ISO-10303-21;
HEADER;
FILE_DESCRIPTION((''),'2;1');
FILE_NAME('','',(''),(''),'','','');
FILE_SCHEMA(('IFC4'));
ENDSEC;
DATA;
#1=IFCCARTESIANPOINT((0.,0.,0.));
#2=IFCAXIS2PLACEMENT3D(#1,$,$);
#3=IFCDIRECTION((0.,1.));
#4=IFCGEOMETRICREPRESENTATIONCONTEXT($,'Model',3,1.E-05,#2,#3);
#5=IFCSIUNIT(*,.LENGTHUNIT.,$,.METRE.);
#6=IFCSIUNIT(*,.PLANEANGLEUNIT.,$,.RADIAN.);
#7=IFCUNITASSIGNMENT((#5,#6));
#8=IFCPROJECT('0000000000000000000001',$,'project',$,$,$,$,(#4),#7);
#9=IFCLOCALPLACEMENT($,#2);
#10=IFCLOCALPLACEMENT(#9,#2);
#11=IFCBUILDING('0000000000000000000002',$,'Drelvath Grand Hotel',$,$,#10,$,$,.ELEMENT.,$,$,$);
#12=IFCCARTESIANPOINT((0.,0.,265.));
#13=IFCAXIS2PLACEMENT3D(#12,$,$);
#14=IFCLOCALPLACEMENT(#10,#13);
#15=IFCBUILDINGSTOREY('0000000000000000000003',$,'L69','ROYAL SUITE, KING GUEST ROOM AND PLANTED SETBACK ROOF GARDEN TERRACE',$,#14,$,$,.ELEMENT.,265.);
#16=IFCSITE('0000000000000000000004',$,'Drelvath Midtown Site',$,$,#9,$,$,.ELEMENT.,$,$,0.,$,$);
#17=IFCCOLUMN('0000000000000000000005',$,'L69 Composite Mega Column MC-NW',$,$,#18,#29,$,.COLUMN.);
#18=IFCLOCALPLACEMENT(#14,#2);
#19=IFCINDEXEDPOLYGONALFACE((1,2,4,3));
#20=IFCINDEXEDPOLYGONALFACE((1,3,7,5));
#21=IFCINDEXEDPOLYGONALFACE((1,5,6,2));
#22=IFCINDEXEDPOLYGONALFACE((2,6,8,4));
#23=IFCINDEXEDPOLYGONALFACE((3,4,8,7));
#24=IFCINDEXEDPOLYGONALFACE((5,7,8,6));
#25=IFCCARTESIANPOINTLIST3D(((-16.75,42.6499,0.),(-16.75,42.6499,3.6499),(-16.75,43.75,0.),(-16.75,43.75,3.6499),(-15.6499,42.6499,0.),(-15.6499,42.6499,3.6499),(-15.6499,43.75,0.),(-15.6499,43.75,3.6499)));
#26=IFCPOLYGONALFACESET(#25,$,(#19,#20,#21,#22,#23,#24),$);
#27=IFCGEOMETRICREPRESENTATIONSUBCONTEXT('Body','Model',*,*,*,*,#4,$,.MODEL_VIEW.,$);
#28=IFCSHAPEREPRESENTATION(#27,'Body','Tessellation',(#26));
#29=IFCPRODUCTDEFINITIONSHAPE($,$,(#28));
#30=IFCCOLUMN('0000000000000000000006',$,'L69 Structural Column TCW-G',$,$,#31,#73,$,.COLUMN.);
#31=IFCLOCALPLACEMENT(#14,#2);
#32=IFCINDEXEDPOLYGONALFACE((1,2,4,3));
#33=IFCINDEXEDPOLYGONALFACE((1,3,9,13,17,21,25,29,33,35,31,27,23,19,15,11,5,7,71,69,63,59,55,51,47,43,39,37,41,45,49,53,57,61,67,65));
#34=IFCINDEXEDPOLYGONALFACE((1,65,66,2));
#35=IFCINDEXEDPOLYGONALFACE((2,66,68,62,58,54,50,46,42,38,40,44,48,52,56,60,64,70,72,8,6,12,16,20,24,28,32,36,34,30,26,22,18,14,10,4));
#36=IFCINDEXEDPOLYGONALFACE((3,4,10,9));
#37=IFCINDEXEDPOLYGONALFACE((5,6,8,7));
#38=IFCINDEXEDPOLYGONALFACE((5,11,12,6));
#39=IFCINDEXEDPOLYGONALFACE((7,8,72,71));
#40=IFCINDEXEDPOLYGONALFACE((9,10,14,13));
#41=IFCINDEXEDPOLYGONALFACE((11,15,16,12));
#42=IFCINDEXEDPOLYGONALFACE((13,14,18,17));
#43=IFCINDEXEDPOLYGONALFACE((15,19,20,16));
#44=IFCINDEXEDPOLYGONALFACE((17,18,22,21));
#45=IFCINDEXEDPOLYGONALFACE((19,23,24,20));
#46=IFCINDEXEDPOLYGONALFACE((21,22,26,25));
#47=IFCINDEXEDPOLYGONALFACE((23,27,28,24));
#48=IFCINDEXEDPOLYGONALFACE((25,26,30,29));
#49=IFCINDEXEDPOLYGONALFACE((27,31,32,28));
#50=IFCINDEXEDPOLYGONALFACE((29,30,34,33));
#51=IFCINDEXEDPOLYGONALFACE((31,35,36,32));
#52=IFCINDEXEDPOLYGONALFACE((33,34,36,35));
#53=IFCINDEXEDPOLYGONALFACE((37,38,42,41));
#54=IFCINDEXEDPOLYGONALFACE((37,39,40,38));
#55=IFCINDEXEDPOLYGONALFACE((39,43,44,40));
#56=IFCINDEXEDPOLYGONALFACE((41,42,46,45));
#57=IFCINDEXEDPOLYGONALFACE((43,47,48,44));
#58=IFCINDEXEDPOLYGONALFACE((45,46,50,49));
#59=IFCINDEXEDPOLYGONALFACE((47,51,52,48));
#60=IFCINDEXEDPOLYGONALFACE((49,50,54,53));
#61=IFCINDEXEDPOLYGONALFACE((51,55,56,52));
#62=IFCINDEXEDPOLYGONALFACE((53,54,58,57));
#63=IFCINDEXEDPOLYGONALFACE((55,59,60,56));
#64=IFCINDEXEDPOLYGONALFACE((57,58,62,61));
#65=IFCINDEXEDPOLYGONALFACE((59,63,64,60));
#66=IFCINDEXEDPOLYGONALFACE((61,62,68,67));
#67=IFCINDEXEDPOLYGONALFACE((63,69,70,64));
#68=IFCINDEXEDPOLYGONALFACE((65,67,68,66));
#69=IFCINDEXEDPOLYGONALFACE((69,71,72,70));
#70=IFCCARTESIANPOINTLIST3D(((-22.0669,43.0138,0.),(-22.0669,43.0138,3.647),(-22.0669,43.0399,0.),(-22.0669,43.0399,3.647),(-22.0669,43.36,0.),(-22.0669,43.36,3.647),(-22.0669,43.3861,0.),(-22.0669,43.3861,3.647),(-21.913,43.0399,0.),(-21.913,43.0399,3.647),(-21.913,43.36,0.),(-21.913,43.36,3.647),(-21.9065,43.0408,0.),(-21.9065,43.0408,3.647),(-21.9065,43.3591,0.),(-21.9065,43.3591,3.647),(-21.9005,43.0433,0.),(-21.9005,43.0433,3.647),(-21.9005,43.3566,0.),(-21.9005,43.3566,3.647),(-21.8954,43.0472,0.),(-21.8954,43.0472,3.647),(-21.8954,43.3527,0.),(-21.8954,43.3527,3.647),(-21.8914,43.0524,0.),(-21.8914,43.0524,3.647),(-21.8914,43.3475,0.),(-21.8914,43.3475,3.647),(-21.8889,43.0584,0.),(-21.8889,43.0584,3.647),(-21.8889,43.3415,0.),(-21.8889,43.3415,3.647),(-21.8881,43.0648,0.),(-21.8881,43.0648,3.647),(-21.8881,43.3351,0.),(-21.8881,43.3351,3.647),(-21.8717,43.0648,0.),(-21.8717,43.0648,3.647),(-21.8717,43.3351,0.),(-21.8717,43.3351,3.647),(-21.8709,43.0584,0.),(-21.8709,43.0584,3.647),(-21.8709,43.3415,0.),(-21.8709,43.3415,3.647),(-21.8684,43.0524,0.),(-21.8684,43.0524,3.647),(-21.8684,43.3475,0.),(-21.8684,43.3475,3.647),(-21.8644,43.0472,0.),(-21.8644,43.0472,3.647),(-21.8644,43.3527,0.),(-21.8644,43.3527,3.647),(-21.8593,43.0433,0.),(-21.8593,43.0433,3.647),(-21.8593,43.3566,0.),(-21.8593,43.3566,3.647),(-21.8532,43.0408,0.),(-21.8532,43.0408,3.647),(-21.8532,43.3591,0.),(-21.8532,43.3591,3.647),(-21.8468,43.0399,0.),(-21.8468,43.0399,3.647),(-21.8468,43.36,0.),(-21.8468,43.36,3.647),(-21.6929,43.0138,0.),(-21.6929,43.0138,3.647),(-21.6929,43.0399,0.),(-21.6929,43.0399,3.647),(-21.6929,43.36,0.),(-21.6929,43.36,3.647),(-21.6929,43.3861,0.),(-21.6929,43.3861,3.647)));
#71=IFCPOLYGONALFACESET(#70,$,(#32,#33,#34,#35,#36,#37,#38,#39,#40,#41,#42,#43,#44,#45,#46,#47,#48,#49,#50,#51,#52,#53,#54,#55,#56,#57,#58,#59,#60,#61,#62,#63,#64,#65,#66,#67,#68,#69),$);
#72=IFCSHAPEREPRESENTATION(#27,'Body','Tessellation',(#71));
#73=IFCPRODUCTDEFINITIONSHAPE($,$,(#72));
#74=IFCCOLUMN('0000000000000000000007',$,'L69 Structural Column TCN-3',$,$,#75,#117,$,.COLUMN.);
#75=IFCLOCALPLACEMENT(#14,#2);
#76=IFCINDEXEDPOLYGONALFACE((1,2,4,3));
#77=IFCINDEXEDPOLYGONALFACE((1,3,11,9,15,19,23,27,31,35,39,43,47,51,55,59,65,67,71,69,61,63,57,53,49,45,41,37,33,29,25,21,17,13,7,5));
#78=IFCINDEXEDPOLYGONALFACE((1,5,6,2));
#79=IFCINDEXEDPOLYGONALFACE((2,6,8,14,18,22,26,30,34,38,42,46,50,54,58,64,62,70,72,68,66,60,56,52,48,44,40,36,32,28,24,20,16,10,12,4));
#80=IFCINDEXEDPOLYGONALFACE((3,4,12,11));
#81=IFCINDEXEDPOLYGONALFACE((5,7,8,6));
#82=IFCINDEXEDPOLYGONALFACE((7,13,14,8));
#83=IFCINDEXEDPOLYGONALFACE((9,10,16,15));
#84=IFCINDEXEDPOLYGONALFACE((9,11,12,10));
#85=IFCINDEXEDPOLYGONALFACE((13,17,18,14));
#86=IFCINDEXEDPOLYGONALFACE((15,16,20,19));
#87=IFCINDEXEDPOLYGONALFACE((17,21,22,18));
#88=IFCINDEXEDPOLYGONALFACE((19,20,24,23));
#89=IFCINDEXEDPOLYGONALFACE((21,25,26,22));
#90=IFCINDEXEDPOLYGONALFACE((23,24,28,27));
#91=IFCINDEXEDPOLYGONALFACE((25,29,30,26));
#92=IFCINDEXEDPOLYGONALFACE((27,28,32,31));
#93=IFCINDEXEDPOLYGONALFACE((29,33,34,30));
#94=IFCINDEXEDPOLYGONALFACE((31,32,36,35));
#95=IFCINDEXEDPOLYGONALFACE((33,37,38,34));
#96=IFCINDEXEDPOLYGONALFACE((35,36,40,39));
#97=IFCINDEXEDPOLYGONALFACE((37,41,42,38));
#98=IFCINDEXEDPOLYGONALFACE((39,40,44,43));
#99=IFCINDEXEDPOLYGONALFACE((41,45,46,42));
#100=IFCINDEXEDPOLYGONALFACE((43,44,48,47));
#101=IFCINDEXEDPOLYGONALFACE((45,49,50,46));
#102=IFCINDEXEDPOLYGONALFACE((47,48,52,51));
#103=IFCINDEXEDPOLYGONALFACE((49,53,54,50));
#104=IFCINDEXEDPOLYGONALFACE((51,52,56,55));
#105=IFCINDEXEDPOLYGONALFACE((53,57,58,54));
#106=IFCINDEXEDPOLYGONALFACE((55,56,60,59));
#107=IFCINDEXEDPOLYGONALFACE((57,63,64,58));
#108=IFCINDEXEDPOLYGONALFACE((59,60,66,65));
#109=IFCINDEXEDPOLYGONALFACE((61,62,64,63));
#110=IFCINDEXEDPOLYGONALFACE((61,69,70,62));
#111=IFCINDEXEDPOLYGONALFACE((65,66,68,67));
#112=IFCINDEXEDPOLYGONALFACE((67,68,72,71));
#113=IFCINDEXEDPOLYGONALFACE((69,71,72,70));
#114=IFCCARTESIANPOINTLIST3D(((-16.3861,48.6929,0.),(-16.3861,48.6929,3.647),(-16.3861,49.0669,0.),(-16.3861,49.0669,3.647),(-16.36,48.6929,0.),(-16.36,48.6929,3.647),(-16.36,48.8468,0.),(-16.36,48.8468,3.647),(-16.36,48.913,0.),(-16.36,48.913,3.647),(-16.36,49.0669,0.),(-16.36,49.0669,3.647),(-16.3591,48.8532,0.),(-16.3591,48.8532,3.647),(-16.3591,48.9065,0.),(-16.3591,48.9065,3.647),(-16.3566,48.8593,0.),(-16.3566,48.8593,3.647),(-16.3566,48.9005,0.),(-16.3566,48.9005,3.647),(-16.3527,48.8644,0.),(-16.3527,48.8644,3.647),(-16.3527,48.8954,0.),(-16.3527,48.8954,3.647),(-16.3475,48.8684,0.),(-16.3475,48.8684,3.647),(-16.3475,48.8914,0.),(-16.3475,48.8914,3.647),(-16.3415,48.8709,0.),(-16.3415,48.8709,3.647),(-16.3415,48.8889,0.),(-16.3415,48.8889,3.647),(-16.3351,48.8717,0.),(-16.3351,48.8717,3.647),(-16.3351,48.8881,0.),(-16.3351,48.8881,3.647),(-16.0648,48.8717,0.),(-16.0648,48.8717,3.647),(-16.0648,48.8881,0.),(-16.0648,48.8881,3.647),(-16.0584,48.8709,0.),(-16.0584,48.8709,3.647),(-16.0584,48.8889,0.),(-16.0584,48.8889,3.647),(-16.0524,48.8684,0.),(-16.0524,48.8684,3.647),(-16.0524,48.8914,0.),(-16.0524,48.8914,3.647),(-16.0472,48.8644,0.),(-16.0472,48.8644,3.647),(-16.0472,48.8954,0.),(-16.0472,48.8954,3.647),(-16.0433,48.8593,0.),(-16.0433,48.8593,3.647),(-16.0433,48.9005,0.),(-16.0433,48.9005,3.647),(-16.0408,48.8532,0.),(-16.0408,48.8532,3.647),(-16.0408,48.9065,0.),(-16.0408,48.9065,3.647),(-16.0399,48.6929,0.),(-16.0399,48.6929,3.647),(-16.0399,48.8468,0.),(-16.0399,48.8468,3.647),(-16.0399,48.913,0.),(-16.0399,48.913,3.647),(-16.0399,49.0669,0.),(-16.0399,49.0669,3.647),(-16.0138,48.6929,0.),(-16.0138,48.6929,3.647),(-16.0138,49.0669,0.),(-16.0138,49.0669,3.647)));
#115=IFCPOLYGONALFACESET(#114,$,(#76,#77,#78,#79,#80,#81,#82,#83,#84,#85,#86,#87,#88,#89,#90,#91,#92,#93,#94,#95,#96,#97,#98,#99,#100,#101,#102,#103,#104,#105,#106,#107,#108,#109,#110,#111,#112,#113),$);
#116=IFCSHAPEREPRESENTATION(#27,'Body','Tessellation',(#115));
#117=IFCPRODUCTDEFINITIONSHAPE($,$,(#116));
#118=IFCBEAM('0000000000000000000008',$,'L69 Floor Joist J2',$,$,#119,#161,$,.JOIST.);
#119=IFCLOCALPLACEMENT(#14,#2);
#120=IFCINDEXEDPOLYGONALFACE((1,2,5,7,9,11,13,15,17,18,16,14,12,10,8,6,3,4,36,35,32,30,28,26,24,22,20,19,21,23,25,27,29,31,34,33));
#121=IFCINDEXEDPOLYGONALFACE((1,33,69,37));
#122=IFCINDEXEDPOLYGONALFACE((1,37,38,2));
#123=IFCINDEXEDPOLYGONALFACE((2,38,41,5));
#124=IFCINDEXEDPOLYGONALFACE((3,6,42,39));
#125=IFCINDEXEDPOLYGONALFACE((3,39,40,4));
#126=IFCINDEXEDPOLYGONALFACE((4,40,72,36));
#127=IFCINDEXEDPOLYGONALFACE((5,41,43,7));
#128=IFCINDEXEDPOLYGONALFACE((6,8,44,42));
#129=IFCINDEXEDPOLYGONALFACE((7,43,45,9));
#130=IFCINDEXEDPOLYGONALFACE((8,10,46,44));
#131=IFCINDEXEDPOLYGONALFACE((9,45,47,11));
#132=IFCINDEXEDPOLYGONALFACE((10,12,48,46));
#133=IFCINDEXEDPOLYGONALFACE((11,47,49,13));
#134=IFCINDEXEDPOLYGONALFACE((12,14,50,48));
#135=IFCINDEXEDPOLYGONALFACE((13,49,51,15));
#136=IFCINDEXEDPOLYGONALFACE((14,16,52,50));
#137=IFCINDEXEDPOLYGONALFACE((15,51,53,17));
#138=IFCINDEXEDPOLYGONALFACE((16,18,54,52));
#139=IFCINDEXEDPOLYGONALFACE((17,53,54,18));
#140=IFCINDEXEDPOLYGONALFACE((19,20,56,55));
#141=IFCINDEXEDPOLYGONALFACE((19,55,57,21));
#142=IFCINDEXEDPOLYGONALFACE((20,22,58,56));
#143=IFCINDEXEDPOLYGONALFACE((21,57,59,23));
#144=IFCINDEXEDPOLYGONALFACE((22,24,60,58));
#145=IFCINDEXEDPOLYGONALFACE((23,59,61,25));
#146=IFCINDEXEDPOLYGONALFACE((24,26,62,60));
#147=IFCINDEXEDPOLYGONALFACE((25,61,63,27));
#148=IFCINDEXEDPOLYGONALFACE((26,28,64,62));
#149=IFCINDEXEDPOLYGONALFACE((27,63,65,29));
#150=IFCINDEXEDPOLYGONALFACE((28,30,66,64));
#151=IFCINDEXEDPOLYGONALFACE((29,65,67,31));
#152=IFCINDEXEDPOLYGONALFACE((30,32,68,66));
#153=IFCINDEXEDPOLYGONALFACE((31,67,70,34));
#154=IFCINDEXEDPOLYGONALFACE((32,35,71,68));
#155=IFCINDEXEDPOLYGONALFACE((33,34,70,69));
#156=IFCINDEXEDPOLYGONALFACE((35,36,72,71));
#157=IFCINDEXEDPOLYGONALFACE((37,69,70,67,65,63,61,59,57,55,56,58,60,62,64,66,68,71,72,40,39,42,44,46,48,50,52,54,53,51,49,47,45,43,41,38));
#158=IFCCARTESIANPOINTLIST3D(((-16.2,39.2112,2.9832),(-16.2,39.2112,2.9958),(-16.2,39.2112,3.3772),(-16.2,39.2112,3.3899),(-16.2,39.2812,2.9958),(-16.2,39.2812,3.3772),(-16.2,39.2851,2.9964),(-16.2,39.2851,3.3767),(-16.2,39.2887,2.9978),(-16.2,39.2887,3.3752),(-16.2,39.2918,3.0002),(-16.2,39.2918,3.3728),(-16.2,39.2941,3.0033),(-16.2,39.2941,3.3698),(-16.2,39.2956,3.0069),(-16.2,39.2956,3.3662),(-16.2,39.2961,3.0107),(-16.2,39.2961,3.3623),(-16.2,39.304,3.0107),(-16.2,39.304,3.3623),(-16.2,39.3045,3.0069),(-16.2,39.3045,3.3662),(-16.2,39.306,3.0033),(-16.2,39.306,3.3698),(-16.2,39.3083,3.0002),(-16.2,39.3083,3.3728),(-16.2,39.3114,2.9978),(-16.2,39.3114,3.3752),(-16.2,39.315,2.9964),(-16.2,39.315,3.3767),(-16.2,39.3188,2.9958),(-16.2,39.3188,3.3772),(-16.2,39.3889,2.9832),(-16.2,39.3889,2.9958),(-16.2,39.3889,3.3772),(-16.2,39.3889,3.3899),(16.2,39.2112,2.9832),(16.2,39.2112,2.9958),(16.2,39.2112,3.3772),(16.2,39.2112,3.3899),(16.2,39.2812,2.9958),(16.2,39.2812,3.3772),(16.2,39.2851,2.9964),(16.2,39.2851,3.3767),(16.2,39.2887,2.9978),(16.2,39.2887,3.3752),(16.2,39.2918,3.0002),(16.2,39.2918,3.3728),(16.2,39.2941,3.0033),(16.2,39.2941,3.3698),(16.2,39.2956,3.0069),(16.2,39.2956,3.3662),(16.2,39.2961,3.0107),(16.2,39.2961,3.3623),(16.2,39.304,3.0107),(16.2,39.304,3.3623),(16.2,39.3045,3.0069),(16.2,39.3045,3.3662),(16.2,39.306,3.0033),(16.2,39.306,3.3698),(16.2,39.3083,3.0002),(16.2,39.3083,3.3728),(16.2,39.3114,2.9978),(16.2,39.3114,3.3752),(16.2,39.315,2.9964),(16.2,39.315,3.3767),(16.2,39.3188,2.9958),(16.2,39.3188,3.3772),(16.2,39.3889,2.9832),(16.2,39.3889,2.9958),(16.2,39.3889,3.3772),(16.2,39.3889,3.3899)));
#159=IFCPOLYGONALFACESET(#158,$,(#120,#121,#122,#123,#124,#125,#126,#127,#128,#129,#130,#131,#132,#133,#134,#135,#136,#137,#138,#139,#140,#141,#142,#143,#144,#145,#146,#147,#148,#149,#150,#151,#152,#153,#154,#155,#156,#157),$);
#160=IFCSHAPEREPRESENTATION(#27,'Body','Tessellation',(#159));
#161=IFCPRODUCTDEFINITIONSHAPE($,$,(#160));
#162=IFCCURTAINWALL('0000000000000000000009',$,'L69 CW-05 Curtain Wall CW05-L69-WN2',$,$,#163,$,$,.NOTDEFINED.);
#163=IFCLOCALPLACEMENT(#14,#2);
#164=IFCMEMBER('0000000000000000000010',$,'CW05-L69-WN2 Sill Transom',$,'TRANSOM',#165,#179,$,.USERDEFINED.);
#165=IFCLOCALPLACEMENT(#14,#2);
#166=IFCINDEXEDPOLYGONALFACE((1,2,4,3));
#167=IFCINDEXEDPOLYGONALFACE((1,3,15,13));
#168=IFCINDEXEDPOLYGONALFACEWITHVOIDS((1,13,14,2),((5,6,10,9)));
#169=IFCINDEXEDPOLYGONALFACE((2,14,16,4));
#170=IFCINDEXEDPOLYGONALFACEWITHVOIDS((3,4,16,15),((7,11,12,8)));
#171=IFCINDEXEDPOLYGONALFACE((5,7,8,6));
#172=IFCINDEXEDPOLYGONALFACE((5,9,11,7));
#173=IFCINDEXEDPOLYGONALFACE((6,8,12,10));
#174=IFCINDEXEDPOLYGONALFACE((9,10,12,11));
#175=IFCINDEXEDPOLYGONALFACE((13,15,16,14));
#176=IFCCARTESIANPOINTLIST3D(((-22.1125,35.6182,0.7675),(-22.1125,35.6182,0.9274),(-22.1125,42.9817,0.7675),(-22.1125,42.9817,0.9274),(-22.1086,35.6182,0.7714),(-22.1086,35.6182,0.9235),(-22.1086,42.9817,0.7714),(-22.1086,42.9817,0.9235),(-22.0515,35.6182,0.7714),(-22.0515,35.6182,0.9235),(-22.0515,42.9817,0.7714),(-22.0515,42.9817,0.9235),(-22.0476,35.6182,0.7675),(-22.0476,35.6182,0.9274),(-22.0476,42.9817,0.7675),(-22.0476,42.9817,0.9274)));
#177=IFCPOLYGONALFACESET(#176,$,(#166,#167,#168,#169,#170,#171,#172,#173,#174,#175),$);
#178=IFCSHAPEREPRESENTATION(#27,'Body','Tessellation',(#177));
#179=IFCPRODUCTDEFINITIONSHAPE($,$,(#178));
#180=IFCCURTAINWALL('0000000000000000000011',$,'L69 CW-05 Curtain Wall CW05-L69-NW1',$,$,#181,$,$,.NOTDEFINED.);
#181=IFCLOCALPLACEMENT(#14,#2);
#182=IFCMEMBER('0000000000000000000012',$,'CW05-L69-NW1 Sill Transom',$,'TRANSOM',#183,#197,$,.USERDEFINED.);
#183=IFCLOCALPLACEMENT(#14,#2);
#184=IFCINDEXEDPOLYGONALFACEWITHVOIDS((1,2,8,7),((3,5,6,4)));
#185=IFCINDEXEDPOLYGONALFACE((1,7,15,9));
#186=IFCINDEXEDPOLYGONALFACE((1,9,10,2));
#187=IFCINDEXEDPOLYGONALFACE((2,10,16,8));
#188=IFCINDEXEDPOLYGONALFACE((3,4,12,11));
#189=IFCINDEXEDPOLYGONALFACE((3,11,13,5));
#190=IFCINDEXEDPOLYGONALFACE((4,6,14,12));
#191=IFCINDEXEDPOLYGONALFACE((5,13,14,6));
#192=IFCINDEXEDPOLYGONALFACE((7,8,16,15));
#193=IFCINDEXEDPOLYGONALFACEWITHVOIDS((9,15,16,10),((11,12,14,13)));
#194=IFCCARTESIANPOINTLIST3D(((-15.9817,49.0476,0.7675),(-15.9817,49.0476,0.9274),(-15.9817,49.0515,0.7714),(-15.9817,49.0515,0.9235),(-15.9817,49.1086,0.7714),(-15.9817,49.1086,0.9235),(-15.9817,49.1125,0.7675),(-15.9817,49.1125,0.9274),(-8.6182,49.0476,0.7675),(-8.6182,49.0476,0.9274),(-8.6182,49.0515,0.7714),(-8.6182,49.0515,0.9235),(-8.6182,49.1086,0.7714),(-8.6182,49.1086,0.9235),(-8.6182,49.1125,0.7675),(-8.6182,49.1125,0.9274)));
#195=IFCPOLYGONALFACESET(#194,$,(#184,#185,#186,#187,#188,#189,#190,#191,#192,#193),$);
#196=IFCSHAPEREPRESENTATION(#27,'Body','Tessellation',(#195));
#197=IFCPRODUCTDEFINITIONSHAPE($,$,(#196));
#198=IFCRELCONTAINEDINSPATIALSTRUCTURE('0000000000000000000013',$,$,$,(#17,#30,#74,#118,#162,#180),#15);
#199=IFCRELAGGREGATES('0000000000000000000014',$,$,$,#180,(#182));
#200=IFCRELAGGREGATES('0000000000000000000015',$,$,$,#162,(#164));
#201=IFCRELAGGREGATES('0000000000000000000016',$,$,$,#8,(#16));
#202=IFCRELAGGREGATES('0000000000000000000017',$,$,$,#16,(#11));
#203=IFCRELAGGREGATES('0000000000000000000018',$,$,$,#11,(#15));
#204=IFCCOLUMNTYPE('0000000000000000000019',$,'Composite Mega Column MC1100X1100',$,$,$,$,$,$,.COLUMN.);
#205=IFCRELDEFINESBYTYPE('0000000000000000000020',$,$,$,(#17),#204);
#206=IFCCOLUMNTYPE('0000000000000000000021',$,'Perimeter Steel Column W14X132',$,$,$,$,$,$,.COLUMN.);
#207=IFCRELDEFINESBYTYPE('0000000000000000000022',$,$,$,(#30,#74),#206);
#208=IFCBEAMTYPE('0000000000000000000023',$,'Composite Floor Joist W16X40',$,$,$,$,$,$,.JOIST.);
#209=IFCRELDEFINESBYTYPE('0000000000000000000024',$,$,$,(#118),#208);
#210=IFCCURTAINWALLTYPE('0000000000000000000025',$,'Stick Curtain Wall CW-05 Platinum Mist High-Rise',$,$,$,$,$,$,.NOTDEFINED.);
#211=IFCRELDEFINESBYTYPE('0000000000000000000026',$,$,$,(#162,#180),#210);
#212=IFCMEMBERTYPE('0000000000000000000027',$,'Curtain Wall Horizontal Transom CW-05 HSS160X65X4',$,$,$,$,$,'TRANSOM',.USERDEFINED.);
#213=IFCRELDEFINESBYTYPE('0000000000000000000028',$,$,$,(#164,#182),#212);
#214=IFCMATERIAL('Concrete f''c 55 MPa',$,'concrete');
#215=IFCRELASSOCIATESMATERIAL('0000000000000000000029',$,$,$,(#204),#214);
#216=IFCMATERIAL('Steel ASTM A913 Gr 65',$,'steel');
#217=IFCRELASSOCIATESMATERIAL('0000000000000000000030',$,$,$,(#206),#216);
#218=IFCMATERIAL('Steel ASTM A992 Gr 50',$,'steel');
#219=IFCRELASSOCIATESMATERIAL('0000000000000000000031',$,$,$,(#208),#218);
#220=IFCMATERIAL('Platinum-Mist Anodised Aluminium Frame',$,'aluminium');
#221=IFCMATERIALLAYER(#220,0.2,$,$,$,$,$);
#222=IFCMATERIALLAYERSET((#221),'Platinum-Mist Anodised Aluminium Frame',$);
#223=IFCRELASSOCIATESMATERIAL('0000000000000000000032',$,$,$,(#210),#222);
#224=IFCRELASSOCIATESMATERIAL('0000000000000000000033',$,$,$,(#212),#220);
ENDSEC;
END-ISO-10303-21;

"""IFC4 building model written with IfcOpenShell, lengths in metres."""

from ifc_helpers import new_model, si_unit, direction, frame, origin, origin_2d, place, context, subcontext, project, spatial, rectangle, hollow_rectangle, i_section, extrude, material, layer, layer_set, material_profile, profile_set, type_object, element, aggregate, save


model = new_model("IFC4")

# Units and contexts
model_context = context("Model", 3, precision=1e-05, world=origin(), true_north=direction((0.0, 1.0)))
body_context = subcontext(model_context, "Body", "Model", "MODEL_VIEW")
ifc_project = project(units=[si_unit("LENGTHUNIT", "METRE"), si_unit("PLANEANGLEUNIT", "RADIAN")], contexts=[model_context])

# Site, building, storey
site_placement = place(None, origin())
site = spatial("IfcSite", under=ifc_project, at=site_placement, Name="Drelvath Midtown Site", CompositionType="ELEMENT", RefElevation=0.0)
building_placement = place(site_placement, origin())
building = spatial("IfcBuilding", under=site, at=building_placement, Name="Drelvath Grand Hotel", CompositionType="ELEMENT")
storey_placement = place(building_placement, frame((0.0, 0.0, 265.0)))
storey = spatial("IfcBuildingStorey", under=building, at=storey_placement, Name="L69", Description="ROYAL SUITE, KING GUEST ROOM AND PLANTED SETBACK ROOF GARDEN TERRACE", CompositionType="ELEMENT", Elevation=265.0)

# Columns
ifc_material_1 = material(Name="Concrete f'c 55 MPa", Category="concrete")
ifc_material_profile_1 = material_profile(ifc_material_1, rectangle(XDim=1.1001, YDim=1.1001, at=origin_2d()), Name="MC1100X1100")
ifc_profile_set_1 = profile_set([ifc_material_profile_1], Name="Concrete f'c 55 MPa")
column_type_1 = type_object("IfcColumnType", Name="Composite Mega Column MC1100X1100", PredefinedType="COLUMN", material=ifc_profile_set_1)
column_placement = place(storey_placement, frame((-16.2, 43.2, 0.0), z_axis=(0.0, 0.0, 1.0), x_axis=(1.0, 0.0, 0.0)))
element("IfcColumn", 1, at=column_placement, inside=storey, type_object=column_type_1, Name="L69 Composite Mega Column MC-NW", PredefinedType="COLUMN", context=body_context, shape_type="SweptSolid", body=[
    extrude(rectangle(XDim=1.1001, YDim=1.1001, at=origin_2d()), origin(), (0.0, 0.0, 1.0), 3.6499),
])
ifc_material_2 = material(Name="Steel ASTM A913 Gr 65", Category="steel")
ifc_material_profile_2 = material_profile(ifc_material_2, i_section(OverallWidth=0.374, OverallDepth=0.3723, WebThickness=0.0164, FlangeThickness=0.0261, FilletRadius=0.0249, at=origin_2d()), Name="W14X132")
ifc_profile_set_2 = profile_set([ifc_material_profile_2], Name="Steel ASTM A913 Gr 65")
column_type_2 = type_object("IfcColumnType", Name="Perimeter Steel Column W14X132", PredefinedType="COLUMN", material=ifc_profile_set_2)
for number, where, z_axis, x_axis, name in (
    (2, (-21.8799, 43.2, 0.0), (0.0, 0.0, 1.0), (1.0, 0.0, 0.0), "L69 Structural Column TCW-G"),
    (3, (-16.2, 48.8799, 0.0), (0.0, 0.0, 1.0), (0.0, 1.0, 0.0), "L69 Structural Column TCN-3"),
):
    element("IfcColumn", number, at=place(storey_placement, frame(where, z_axis=z_axis, x_axis=x_axis)), inside=storey, type_object=column_type_2, Name=name, PredefinedType="COLUMN", context=body_context, shape_type="SweptSolid", body=[
        extrude(i_section(OverallWidth=0.374, OverallDepth=0.3723, WebThickness=0.0164, FlangeThickness=0.0261, FilletRadius=0.0249, at=origin_2d()), origin(), (0.0, 0.0, 1.0), 3.647),
    ])

# Beam
ifc_material_3 = material(Name="Steel ASTM A992 Gr 50", Category="steel")
ifc_material_profile_3 = material_profile(ifc_material_3, i_section(OverallWidth=0.1777, OverallDepth=0.4067, WebThickness=0.0078, FlangeThickness=0.0127, FilletRadius=0.0149, at=origin_2d()), Name="W16X40")
ifc_profile_set_3 = profile_set([ifc_material_profile_3], Name="Steel ASTM A992 Gr 50")
beam_type_1 = type_object("IfcBeamType", Name="Composite Floor Joist W16X40", PredefinedType="JOIST", material=ifc_profile_set_3)
beam_1_placement = place(storey_placement, frame((-16.2, 39.3, 3.1865), z_axis=(1.0, 0.0, 0.0), x_axis=(0.0, 1.0, 0.0)))
element("IfcBeam", 4, at=beam_1_placement, inside=storey, type_object=beam_type_1, Name="L69 Floor Joist J2", PredefinedType="JOIST", context=body_context, shape_type="SweptSolid", body=[
    extrude(i_section(OverallWidth=0.1777, OverallDepth=0.4067, WebThickness=0.0078, FlangeThickness=0.0127, FilletRadius=0.0149, at=origin_2d()), origin(), (0.0, 0.0, 1.0), 32.3999),
])

# Curtain walls, members
ifc_material_4 = material(Name="Platinum-Mist Anodised Aluminium Frame", Category="aluminium")
ifc_layer_1 = layer(ifc_material_4, 0.2)
ifc_layer_set_1 = layer_set([ifc_layer_1], Name="Platinum-Mist Anodised Aluminium Frame")
curtain_wall_type = type_object("IfcCurtainWallType", Name="Stick Curtain Wall CW-05 Platinum Mist High-Rise", PredefinedType="NOTDEFINED", material=ifc_layer_set_1)
curtain_wall_1_placement = place(storey_placement, origin())
curtain_wall_1 = element("IfcCurtainWall", 5, at=curtain_wall_1_placement, inside=storey, type_object=curtain_wall_type, Name="L69 CW-05 Curtain Wall CW05-L69-WN2", PredefinedType="NOTDEFINED")
ifc_material_profile_4 = material_profile(ifc_material_4, hollow_rectangle(XDim=0.0649, YDim=0.1599, WallThickness=0.0039, at=origin_2d()), Name="HSS160X65X4")
ifc_profile_set_4 = profile_set([ifc_material_profile_4], Name="Platinum-Mist Anodised Aluminium Frame")
member_type_1 = type_object("IfcMemberType", Name="Curtain Wall Horizontal Transom CW-05 HSS160X65X4", ElementType="TRANSOM", PredefinedType="USERDEFINED", material=ifc_profile_set_4)
member_1_placement = place(storey_placement, frame((-22.0801, 35.6182, 0.8474), z_axis=(0.0, 1.0, 0.0), x_axis=(-1.0, 0.0, 0.0)))
member_1 = element("IfcMember", 6, at=member_1_placement, type_object=member_type_1, Name="CW05-L69-WN2 Sill Transom", ObjectType="TRANSOM", PredefinedType="USERDEFINED", context=body_context, shape_type="SweptSolid", body=[
    extrude(hollow_rectangle(XDim=0.0649, YDim=0.1599, WallThickness=0.0039, at=origin_2d()), origin(), (0.0, 0.0, 1.0), 7.3635),
])
curtain_wall_2_placement = place(storey_placement, origin())
curtain_wall_2 = element("IfcCurtainWall", 7, at=curtain_wall_2_placement, inside=storey, type_object=curtain_wall_type, Name="L69 CW-05 Curtain Wall CW05-L69-NW1", PredefinedType="NOTDEFINED")
member_2_placement = place(storey_placement, frame((-15.9817, 49.0801, 0.8474), z_axis=(1.0, 0.0, 0.0), x_axis=(0.0, 1.0, 0.0)))
member_2 = element("IfcMember", 8, at=member_2_placement, type_object=member_type_1, Name="CW05-L69-NW1 Sill Transom", ObjectType="TRANSOM", PredefinedType="USERDEFINED", context=body_context, shape_type="SweptSolid", body=[
    extrude(hollow_rectangle(XDim=0.0649, YDim=0.1599, WallThickness=0.0039, at=origin_2d()), origin(), (0.0, 0.0, 1.0), 7.3635),
])

aggregate(curtain_wall_2, [member_2])

aggregate(curtain_wall_1, [member_1])

save(model, "model.ifc")
